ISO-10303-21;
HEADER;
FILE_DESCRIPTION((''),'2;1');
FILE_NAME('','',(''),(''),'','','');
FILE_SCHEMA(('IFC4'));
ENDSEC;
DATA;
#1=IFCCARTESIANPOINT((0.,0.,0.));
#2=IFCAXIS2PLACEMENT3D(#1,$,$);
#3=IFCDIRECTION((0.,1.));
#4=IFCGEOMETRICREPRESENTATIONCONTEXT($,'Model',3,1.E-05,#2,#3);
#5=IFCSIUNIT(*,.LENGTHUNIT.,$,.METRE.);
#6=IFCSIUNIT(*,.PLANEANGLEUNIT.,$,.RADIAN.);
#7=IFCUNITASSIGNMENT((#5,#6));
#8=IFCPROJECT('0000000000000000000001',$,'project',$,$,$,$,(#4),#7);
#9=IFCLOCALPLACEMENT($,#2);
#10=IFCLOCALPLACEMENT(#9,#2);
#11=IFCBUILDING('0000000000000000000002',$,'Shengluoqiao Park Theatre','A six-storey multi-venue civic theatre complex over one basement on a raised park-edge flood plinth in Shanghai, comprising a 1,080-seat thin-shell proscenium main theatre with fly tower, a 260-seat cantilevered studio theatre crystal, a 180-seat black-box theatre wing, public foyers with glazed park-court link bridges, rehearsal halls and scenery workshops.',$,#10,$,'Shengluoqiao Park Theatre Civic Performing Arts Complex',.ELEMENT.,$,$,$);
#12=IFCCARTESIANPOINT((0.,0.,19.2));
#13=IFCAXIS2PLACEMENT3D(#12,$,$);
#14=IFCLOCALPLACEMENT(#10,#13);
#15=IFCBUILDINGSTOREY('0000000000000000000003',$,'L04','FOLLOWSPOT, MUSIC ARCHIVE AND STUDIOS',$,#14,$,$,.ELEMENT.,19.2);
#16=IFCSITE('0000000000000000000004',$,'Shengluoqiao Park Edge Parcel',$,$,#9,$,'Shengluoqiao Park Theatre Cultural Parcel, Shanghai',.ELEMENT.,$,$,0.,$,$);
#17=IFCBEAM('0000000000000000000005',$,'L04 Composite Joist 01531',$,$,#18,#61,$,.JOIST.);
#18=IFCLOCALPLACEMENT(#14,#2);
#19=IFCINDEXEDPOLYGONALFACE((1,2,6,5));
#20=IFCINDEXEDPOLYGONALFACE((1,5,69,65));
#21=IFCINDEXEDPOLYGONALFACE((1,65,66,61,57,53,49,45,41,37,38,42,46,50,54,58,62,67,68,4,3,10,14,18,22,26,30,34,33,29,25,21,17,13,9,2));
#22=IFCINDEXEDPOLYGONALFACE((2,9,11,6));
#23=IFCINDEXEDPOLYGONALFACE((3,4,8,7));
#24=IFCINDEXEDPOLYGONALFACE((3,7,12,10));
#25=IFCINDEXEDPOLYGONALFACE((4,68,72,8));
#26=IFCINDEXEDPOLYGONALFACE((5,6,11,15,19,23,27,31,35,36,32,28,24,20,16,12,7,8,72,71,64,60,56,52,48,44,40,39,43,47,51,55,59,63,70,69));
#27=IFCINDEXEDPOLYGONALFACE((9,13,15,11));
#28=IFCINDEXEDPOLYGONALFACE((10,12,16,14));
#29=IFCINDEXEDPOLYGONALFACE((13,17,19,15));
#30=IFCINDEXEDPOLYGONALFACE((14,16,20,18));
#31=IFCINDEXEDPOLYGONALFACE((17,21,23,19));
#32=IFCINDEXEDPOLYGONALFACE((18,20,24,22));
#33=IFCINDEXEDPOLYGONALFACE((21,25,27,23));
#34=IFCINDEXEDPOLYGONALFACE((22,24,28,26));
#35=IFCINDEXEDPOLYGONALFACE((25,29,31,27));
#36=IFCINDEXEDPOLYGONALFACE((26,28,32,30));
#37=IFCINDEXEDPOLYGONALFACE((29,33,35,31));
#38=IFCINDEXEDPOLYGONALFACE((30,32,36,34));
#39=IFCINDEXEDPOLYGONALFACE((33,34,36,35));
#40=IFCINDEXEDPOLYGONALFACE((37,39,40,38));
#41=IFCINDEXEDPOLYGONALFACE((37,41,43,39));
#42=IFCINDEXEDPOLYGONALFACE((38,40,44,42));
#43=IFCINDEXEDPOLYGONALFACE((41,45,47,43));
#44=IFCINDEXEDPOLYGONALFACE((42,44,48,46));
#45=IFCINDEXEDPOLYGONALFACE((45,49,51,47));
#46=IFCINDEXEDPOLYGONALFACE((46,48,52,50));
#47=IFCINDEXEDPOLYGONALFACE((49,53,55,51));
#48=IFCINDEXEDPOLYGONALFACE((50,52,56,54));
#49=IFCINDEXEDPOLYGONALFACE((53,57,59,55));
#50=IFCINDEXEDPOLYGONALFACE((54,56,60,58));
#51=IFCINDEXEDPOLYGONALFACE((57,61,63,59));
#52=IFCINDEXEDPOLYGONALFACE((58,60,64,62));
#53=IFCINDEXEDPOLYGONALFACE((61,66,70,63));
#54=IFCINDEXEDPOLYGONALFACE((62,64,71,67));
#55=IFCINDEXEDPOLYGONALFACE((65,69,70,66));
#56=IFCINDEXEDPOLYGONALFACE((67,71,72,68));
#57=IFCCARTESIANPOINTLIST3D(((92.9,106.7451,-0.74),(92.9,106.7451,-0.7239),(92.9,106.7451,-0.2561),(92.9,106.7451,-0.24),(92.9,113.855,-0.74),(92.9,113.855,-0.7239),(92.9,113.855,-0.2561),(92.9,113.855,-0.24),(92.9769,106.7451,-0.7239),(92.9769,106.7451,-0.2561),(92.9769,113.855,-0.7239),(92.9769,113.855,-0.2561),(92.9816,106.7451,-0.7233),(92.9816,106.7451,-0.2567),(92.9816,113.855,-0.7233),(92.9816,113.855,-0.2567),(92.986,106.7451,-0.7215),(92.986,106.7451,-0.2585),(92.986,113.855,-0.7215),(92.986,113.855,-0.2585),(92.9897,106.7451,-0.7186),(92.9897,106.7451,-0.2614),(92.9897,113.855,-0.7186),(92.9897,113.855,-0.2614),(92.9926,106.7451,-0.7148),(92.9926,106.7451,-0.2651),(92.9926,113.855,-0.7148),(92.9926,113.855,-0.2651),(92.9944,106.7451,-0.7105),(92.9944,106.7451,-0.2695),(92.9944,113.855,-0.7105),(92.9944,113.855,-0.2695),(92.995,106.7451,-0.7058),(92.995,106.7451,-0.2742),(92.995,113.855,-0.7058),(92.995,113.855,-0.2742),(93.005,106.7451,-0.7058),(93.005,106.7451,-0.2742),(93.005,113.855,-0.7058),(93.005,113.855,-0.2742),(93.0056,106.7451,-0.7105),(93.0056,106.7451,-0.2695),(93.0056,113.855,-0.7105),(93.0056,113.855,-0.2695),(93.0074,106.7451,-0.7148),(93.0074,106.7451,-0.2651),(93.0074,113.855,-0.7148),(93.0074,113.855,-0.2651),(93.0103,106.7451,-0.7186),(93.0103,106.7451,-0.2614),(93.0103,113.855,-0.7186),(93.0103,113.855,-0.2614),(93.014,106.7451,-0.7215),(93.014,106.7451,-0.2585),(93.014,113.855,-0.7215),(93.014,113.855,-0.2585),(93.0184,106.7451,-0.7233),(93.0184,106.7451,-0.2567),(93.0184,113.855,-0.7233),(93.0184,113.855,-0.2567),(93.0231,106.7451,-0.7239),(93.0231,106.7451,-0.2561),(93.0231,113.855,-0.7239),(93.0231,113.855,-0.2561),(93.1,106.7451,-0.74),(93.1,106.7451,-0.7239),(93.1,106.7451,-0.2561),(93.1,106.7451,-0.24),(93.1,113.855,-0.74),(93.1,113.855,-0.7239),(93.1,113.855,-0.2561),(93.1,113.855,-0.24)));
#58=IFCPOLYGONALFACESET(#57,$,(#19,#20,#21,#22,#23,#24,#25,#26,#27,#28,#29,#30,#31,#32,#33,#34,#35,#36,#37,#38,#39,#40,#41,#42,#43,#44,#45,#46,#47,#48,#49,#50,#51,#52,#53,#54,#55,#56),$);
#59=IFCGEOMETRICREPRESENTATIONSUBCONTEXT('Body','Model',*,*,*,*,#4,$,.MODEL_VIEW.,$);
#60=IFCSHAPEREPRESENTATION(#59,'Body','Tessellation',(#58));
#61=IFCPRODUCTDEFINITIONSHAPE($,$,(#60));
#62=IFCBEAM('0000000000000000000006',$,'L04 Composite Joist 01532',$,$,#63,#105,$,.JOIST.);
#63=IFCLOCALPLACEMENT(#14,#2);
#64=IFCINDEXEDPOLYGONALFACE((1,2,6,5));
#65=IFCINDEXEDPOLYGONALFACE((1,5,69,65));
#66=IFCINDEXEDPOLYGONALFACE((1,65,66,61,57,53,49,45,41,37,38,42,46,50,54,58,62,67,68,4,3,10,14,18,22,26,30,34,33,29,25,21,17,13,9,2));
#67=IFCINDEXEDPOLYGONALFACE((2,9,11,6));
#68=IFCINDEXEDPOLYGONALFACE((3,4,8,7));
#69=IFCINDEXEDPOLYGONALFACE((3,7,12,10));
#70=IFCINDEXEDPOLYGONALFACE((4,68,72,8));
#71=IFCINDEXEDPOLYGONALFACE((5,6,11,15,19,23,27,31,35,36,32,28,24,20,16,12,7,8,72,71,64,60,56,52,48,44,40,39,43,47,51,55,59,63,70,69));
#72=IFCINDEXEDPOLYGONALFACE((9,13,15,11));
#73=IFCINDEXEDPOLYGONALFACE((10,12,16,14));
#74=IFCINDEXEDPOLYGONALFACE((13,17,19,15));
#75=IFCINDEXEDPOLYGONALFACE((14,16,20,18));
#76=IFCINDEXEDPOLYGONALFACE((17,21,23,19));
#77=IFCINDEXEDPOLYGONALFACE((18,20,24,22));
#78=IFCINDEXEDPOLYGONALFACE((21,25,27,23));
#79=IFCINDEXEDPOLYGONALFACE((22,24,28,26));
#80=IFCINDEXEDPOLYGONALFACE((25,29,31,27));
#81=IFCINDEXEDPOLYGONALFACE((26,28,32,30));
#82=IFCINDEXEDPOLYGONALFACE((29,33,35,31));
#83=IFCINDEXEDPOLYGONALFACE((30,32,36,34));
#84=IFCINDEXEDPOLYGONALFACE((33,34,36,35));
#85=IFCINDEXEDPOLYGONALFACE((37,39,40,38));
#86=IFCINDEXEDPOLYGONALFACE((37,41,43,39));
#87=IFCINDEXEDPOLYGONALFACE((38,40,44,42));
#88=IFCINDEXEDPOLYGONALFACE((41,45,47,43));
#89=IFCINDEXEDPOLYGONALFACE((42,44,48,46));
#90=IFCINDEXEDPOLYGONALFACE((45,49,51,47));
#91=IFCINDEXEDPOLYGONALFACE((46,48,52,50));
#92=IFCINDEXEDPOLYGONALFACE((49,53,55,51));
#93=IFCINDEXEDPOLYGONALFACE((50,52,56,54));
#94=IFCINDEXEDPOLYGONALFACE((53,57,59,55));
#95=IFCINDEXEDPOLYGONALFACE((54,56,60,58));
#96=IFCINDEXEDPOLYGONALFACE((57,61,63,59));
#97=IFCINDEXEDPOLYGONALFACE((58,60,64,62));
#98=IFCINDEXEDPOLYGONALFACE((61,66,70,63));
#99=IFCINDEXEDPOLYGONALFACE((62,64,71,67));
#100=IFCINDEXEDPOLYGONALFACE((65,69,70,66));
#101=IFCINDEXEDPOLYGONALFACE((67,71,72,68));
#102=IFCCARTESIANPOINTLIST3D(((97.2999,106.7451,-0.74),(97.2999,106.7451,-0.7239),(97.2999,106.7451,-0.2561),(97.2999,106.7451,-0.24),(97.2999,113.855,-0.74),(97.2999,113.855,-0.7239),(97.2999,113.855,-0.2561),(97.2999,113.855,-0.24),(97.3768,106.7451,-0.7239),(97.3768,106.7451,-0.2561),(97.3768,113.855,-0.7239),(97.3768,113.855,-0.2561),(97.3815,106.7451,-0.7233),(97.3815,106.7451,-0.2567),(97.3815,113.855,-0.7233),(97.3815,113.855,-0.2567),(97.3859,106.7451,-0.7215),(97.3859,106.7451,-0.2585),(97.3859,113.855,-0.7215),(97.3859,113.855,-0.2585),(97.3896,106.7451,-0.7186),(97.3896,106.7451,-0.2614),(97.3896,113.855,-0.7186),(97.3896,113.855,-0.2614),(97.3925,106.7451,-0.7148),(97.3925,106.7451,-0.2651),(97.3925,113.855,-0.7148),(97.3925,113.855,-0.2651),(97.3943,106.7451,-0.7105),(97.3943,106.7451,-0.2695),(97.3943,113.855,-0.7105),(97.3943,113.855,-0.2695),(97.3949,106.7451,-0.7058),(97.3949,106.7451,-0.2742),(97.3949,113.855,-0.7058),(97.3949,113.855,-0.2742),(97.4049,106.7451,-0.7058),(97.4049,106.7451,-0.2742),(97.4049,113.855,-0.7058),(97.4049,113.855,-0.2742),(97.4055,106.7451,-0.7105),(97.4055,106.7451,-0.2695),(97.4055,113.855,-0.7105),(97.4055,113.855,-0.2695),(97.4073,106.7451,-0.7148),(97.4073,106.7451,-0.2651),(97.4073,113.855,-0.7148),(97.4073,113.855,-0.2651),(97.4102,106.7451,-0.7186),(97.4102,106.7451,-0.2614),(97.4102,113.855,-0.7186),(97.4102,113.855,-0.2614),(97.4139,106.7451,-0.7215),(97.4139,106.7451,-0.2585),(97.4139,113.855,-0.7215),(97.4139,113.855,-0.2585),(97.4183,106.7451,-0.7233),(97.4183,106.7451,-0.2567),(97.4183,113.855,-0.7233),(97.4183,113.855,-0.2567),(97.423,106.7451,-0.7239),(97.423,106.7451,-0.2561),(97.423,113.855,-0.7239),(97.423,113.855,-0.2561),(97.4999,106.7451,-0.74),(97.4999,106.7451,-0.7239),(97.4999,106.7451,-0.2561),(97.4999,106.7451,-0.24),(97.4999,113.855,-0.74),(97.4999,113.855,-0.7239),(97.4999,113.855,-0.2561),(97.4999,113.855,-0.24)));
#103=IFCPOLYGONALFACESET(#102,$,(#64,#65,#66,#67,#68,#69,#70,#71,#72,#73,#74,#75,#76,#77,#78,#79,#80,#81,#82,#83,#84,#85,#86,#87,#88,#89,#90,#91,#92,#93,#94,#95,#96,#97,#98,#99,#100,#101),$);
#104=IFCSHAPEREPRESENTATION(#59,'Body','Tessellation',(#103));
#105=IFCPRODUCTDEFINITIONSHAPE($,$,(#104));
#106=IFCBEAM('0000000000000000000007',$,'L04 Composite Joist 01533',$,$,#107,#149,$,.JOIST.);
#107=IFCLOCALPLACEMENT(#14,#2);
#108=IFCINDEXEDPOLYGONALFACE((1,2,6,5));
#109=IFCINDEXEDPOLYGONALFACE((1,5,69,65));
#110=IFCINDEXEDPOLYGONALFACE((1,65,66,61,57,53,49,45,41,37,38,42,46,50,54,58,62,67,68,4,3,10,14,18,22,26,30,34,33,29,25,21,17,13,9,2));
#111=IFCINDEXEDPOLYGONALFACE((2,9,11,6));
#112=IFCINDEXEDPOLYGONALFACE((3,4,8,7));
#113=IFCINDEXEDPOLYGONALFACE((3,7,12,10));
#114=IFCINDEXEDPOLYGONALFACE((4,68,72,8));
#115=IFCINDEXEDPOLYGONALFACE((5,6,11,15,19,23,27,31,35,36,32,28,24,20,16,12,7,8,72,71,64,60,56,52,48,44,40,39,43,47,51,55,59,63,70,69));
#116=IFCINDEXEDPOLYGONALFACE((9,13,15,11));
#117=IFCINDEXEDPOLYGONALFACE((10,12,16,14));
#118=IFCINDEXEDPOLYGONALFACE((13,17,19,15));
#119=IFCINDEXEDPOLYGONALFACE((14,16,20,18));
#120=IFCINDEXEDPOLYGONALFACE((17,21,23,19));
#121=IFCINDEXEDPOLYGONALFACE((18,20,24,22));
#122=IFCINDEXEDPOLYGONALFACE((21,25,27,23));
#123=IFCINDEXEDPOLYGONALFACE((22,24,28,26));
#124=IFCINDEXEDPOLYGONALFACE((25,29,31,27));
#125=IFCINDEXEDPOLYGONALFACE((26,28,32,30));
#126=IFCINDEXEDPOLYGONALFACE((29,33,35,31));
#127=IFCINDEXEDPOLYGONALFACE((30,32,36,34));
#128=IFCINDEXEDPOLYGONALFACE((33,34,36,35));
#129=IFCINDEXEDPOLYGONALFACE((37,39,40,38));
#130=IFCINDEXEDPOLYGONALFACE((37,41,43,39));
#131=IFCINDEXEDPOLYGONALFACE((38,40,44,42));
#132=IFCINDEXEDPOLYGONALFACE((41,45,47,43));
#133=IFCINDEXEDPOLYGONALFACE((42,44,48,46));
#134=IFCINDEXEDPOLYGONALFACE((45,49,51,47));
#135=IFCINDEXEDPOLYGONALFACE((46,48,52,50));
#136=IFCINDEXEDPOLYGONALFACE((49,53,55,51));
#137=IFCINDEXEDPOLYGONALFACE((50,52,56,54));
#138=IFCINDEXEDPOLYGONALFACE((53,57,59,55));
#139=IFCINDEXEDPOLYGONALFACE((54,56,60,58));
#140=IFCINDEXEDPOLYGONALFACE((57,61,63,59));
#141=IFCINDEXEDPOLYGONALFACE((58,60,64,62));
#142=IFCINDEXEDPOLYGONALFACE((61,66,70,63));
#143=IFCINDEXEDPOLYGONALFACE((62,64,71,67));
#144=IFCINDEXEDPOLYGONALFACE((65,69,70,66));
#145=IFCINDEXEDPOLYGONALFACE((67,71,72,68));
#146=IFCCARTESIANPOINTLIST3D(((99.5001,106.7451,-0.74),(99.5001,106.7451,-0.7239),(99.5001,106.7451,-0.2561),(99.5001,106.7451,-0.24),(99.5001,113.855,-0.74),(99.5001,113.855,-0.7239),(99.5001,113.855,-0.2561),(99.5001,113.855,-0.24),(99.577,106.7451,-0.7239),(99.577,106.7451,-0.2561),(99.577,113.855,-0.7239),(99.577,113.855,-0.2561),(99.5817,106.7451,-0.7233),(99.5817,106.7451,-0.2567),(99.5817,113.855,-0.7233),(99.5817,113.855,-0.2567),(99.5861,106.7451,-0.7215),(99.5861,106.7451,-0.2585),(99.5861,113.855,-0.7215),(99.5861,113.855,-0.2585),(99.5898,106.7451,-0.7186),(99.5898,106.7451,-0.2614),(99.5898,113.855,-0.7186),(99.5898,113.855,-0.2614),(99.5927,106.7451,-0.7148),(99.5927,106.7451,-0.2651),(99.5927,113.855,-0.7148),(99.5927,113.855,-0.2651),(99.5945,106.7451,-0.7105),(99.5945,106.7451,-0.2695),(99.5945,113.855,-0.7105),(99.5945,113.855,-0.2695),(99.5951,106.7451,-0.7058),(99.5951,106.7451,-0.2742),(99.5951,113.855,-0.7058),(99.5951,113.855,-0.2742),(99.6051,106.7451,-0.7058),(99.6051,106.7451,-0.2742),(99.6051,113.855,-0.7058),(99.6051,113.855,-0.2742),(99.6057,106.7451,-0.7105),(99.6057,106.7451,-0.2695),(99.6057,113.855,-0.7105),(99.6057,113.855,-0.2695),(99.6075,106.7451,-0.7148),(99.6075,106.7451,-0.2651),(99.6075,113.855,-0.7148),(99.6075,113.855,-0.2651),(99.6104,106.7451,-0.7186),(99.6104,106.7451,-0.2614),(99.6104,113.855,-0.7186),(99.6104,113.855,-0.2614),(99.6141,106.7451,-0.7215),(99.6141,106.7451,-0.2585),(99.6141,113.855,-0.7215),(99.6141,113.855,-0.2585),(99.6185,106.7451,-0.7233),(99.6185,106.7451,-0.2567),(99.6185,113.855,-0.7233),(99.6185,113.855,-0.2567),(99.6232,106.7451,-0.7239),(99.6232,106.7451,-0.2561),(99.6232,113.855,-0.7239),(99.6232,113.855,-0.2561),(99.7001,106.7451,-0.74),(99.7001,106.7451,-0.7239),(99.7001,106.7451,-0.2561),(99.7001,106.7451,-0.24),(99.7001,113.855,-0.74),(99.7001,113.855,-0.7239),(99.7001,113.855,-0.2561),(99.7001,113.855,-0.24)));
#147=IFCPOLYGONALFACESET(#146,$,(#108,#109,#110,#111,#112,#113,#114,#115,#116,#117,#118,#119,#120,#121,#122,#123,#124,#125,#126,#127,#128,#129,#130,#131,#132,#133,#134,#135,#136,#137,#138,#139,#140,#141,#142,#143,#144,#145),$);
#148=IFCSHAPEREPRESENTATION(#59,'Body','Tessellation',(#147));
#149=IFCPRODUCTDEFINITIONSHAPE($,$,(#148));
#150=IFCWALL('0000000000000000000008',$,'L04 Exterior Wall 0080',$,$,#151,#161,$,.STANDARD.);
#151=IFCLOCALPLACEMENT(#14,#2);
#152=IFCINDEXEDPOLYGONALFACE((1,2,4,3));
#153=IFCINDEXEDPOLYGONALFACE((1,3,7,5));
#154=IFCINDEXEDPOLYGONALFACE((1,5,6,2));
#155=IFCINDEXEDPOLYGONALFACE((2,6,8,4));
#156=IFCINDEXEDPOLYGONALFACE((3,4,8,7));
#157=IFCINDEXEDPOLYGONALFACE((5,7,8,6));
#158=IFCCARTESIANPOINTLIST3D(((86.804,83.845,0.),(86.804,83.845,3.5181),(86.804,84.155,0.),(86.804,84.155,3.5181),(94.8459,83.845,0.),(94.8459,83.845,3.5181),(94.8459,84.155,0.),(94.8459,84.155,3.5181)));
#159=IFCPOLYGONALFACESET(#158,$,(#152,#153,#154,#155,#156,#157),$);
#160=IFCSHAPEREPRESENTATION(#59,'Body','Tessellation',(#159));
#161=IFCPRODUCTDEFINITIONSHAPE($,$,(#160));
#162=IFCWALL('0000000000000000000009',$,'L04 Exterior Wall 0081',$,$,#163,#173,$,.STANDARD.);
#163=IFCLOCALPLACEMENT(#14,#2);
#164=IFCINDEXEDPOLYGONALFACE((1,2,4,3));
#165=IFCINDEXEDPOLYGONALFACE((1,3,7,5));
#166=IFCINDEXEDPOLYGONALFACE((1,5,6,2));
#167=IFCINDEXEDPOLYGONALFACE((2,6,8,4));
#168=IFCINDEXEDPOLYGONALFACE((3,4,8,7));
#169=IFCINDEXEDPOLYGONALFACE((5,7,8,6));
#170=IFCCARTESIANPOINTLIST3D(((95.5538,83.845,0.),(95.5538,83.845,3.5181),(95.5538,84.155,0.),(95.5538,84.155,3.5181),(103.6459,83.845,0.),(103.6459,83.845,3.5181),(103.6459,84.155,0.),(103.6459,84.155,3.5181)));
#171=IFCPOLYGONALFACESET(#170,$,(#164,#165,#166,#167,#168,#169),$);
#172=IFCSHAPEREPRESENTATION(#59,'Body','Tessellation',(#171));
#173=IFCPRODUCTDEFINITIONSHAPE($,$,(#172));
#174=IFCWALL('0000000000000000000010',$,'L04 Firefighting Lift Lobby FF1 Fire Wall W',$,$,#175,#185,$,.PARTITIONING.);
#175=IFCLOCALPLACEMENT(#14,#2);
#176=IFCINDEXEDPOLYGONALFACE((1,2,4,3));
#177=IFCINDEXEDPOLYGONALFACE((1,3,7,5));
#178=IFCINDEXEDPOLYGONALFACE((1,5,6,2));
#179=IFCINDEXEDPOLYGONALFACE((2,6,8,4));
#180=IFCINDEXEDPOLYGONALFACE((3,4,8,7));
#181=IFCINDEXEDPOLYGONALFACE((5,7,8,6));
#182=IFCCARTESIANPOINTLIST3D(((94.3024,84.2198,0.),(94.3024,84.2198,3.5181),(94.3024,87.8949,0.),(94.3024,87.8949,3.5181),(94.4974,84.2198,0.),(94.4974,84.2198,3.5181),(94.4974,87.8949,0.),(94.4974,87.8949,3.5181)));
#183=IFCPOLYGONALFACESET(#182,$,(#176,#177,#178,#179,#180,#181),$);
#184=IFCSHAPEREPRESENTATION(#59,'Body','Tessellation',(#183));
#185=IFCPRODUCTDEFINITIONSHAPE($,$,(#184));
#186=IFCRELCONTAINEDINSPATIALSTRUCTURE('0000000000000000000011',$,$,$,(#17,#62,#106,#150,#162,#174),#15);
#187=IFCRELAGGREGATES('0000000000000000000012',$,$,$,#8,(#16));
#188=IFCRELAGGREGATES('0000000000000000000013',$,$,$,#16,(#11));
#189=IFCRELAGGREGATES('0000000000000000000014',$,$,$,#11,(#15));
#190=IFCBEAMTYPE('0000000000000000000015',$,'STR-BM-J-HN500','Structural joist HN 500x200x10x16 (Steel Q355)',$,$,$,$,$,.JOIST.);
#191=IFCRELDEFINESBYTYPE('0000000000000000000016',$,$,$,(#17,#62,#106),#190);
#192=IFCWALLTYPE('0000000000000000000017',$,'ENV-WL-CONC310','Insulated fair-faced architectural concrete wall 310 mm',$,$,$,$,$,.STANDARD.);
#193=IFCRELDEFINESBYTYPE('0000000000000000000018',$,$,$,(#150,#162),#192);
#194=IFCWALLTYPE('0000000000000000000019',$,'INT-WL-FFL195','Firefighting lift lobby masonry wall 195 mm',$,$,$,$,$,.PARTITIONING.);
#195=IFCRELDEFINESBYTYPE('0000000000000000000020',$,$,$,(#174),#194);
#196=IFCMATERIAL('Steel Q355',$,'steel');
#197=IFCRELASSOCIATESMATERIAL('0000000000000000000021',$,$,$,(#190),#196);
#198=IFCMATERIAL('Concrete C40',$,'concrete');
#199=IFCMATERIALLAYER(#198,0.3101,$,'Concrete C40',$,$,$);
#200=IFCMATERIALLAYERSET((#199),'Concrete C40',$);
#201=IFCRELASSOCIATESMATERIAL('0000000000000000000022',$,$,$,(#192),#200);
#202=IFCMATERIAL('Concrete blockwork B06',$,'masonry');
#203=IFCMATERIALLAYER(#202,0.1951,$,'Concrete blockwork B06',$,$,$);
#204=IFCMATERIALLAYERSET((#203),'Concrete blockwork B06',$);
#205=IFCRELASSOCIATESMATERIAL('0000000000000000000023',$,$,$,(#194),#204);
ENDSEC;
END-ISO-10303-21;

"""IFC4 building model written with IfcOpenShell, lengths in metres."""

from ifc_helpers import new_model, si_unit, direction, frame, frame_2d, origin, origin_2d, place, context, subcontext, project, spatial, rectangle, i_section, extrude, material, layer, layer_set, material_profile, profile_set, type_object, element, save


model = new_model("IFC4")

# Units and contexts
model_context = context("Model", 3, precision=1e-05, world=origin(), true_north=direction((0.0, 1.0)))
body_context = subcontext(model_context, "Body", "Model", "MODEL_VIEW")
ifc_project = project(units=[si_unit("LENGTHUNIT", "METRE"), si_unit("PLANEANGLEUNIT", "RADIAN")], contexts=[model_context])

# Site, building, storey
site_placement = place(None, origin())
site = spatial("IfcSite", under=ifc_project, at=site_placement, Name="Shengluoqiao Park Edge Parcel", LongName="Shengluoqiao Park Theatre Cultural Parcel, Shanghai", CompositionType="ELEMENT", RefElevation=0.0)
building_placement = place(site_placement, origin())
building = spatial("IfcBuilding", under=site, at=building_placement, Name="Shengluoqiao Park Theatre", Description="A six-storey multi-venue civic theatre complex over one basement on a raised park-edge flood plinth in Shanghai, comprising a 1,080-seat thin-shell proscenium main theatre with fly tower, a 260-seat cantilevered studio theatre crystal, a 180-seat black-box theatre wing, public foyers with glazed park-court link bridges, rehearsal halls and scenery workshops.", LongName="Shengluoqiao Park Theatre Civic Performing Arts Complex", CompositionType="ELEMENT")
storey_placement = place(building_placement, frame((0.0, 0.0, 19.2)))
storey = spatial("IfcBuildingStorey", under=building, at=storey_placement, Name="L04", Description="FOLLOWSPOT, MUSIC ARCHIVE AND STUDIOS", CompositionType="ELEMENT", Elevation=19.2)

# Beams
ifc_material_1 = material(Name="Steel Q355", Category="steel")
ifc_material_profile_1 = material_profile(ifc_material_1, i_section(OverallWidth=0.2, OverallDepth=0.5, WebThickness=0.01, FlangeThickness=0.0161, FilletRadius=0.0181, at=origin_2d()), Name="HN 500x200x10x16")
ifc_profile_set_1 = profile_set([ifc_material_profile_1], Name="Steel Q355")
beam_type_1 = type_object("IfcBeamType", Name="STR-BM-J-HN500", Description="Structural joist HN 500x200x10x16 (Steel Q355)", PredefinedType="JOIST", material=ifc_profile_set_1)
for number, where, z_axis, x_axis, name in (
    (1, (93.0, 106.7451, -0.49), (0.0, 1.0, 0.0), (-1.0, 0.0, 0.0), "L04 Composite Joist 01531"),
    (2, (97.3999, 106.7451, -0.49), (0.0, 1.0, 0.0), (-1.0, 0.0, 0.0), "L04 Composite Joist 01532"),
    (3, (99.6001, 106.7451, -0.49), (0.0, 1.0, 0.0), (-1.0, 0.0, 0.0), "L04 Composite Joist 01533"),
):
    element("IfcBeam", number, at=place(storey_placement, frame(where, z_axis=z_axis, x_axis=x_axis)), inside=storey, type_object=beam_type_1, Name=name, PredefinedType="JOIST", context=body_context, shape_type="SweptSolid", body=[
        extrude(i_section(OverallWidth=0.2, OverallDepth=0.5, WebThickness=0.01, FlangeThickness=0.0161, FilletRadius=0.0181, at=origin_2d()), origin(), (0.0, 0.0, 1.0), 7.1099),
    ])

# Walls
ifc_material_2 = material(Name="Concrete C40", Category="concrete")
ifc_layer_1 = layer(ifc_material_2, 0.3101, Name="Concrete C40")
ifc_layer_set_1 = layer_set([ifc_layer_1], Name="Concrete C40")
wall_type_1 = type_object("IfcWallType", Name="ENV-WL-CONC310", Description="Insulated fair-faced architectural concrete wall 310 mm", PredefinedType="STANDARD", material=ifc_layer_set_1)
wall_1_placement = place(storey_placement, frame((86.804, 84.0, 0.0), z_axis=(0.0, 0.0, 1.0), x_axis=(1.0, 0.0, 0.0)))
element("IfcWall", 4, at=wall_1_placement, inside=storey, type_object=wall_type_1, Name="L04 Exterior Wall 0080", PredefinedType="STANDARD", context=body_context, shape_type="SweptSolid", body=[
    extrude(rectangle(XDim=8.042, YDim=0.3101, at=frame_2d((4.021, 0.0))), origin(), (0.0, 0.0, 1.0), 3.5181),
])
wall_2_placement = place(storey_placement, frame((95.554, 84.0, 0.0), z_axis=(0.0, 0.0, 1.0), x_axis=(1.0, 0.0, 0.0)))
element("IfcWall", 5, at=wall_2_placement, inside=storey, type_object=wall_type_1, Name="L04 Exterior Wall 0081", PredefinedType="STANDARD", context=body_context, shape_type="SweptSolid", body=[
    extrude(rectangle(XDim=8.092, YDim=0.3101, at=frame_2d((4.0459, 0.0))), origin(), (0.0, 0.0, 1.0), 3.5181),
])
ifc_material_3 = material(Name="Concrete blockwork B06", Category="masonry")
ifc_layer_2 = layer(ifc_material_3, 0.1951, Name="Concrete blockwork B06")
ifc_layer_set_2 = layer_set([ifc_layer_2], Name="Concrete blockwork B06")
wall_type_2 = type_object("IfcWallType", Name="INT-WL-FFL195", Description="Firefighting lift lobby masonry wall 195 mm", PredefinedType="PARTITIONING", material=ifc_layer_set_2)
wall_3_placement = place(storey_placement, frame((94.3999, 84.22, 0.0), z_axis=(0.0, 0.0, 1.0), x_axis=(0.0, 1.0, 0.0)))
element("IfcWall", 6, at=wall_3_placement, inside=storey, type_object=wall_type_2, Name="L04 Firefighting Lift Lobby FF1 Fire Wall W", PredefinedType="PARTITIONING", context=body_context, shape_type="SweptSolid", body=[
    extrude(rectangle(XDim=3.675, YDim=0.1951, at=frame_2d((1.8374, 0.0))), origin(), (0.0, 0.0, 1.0), 3.5181),
])

save(model, "model.ifc")
